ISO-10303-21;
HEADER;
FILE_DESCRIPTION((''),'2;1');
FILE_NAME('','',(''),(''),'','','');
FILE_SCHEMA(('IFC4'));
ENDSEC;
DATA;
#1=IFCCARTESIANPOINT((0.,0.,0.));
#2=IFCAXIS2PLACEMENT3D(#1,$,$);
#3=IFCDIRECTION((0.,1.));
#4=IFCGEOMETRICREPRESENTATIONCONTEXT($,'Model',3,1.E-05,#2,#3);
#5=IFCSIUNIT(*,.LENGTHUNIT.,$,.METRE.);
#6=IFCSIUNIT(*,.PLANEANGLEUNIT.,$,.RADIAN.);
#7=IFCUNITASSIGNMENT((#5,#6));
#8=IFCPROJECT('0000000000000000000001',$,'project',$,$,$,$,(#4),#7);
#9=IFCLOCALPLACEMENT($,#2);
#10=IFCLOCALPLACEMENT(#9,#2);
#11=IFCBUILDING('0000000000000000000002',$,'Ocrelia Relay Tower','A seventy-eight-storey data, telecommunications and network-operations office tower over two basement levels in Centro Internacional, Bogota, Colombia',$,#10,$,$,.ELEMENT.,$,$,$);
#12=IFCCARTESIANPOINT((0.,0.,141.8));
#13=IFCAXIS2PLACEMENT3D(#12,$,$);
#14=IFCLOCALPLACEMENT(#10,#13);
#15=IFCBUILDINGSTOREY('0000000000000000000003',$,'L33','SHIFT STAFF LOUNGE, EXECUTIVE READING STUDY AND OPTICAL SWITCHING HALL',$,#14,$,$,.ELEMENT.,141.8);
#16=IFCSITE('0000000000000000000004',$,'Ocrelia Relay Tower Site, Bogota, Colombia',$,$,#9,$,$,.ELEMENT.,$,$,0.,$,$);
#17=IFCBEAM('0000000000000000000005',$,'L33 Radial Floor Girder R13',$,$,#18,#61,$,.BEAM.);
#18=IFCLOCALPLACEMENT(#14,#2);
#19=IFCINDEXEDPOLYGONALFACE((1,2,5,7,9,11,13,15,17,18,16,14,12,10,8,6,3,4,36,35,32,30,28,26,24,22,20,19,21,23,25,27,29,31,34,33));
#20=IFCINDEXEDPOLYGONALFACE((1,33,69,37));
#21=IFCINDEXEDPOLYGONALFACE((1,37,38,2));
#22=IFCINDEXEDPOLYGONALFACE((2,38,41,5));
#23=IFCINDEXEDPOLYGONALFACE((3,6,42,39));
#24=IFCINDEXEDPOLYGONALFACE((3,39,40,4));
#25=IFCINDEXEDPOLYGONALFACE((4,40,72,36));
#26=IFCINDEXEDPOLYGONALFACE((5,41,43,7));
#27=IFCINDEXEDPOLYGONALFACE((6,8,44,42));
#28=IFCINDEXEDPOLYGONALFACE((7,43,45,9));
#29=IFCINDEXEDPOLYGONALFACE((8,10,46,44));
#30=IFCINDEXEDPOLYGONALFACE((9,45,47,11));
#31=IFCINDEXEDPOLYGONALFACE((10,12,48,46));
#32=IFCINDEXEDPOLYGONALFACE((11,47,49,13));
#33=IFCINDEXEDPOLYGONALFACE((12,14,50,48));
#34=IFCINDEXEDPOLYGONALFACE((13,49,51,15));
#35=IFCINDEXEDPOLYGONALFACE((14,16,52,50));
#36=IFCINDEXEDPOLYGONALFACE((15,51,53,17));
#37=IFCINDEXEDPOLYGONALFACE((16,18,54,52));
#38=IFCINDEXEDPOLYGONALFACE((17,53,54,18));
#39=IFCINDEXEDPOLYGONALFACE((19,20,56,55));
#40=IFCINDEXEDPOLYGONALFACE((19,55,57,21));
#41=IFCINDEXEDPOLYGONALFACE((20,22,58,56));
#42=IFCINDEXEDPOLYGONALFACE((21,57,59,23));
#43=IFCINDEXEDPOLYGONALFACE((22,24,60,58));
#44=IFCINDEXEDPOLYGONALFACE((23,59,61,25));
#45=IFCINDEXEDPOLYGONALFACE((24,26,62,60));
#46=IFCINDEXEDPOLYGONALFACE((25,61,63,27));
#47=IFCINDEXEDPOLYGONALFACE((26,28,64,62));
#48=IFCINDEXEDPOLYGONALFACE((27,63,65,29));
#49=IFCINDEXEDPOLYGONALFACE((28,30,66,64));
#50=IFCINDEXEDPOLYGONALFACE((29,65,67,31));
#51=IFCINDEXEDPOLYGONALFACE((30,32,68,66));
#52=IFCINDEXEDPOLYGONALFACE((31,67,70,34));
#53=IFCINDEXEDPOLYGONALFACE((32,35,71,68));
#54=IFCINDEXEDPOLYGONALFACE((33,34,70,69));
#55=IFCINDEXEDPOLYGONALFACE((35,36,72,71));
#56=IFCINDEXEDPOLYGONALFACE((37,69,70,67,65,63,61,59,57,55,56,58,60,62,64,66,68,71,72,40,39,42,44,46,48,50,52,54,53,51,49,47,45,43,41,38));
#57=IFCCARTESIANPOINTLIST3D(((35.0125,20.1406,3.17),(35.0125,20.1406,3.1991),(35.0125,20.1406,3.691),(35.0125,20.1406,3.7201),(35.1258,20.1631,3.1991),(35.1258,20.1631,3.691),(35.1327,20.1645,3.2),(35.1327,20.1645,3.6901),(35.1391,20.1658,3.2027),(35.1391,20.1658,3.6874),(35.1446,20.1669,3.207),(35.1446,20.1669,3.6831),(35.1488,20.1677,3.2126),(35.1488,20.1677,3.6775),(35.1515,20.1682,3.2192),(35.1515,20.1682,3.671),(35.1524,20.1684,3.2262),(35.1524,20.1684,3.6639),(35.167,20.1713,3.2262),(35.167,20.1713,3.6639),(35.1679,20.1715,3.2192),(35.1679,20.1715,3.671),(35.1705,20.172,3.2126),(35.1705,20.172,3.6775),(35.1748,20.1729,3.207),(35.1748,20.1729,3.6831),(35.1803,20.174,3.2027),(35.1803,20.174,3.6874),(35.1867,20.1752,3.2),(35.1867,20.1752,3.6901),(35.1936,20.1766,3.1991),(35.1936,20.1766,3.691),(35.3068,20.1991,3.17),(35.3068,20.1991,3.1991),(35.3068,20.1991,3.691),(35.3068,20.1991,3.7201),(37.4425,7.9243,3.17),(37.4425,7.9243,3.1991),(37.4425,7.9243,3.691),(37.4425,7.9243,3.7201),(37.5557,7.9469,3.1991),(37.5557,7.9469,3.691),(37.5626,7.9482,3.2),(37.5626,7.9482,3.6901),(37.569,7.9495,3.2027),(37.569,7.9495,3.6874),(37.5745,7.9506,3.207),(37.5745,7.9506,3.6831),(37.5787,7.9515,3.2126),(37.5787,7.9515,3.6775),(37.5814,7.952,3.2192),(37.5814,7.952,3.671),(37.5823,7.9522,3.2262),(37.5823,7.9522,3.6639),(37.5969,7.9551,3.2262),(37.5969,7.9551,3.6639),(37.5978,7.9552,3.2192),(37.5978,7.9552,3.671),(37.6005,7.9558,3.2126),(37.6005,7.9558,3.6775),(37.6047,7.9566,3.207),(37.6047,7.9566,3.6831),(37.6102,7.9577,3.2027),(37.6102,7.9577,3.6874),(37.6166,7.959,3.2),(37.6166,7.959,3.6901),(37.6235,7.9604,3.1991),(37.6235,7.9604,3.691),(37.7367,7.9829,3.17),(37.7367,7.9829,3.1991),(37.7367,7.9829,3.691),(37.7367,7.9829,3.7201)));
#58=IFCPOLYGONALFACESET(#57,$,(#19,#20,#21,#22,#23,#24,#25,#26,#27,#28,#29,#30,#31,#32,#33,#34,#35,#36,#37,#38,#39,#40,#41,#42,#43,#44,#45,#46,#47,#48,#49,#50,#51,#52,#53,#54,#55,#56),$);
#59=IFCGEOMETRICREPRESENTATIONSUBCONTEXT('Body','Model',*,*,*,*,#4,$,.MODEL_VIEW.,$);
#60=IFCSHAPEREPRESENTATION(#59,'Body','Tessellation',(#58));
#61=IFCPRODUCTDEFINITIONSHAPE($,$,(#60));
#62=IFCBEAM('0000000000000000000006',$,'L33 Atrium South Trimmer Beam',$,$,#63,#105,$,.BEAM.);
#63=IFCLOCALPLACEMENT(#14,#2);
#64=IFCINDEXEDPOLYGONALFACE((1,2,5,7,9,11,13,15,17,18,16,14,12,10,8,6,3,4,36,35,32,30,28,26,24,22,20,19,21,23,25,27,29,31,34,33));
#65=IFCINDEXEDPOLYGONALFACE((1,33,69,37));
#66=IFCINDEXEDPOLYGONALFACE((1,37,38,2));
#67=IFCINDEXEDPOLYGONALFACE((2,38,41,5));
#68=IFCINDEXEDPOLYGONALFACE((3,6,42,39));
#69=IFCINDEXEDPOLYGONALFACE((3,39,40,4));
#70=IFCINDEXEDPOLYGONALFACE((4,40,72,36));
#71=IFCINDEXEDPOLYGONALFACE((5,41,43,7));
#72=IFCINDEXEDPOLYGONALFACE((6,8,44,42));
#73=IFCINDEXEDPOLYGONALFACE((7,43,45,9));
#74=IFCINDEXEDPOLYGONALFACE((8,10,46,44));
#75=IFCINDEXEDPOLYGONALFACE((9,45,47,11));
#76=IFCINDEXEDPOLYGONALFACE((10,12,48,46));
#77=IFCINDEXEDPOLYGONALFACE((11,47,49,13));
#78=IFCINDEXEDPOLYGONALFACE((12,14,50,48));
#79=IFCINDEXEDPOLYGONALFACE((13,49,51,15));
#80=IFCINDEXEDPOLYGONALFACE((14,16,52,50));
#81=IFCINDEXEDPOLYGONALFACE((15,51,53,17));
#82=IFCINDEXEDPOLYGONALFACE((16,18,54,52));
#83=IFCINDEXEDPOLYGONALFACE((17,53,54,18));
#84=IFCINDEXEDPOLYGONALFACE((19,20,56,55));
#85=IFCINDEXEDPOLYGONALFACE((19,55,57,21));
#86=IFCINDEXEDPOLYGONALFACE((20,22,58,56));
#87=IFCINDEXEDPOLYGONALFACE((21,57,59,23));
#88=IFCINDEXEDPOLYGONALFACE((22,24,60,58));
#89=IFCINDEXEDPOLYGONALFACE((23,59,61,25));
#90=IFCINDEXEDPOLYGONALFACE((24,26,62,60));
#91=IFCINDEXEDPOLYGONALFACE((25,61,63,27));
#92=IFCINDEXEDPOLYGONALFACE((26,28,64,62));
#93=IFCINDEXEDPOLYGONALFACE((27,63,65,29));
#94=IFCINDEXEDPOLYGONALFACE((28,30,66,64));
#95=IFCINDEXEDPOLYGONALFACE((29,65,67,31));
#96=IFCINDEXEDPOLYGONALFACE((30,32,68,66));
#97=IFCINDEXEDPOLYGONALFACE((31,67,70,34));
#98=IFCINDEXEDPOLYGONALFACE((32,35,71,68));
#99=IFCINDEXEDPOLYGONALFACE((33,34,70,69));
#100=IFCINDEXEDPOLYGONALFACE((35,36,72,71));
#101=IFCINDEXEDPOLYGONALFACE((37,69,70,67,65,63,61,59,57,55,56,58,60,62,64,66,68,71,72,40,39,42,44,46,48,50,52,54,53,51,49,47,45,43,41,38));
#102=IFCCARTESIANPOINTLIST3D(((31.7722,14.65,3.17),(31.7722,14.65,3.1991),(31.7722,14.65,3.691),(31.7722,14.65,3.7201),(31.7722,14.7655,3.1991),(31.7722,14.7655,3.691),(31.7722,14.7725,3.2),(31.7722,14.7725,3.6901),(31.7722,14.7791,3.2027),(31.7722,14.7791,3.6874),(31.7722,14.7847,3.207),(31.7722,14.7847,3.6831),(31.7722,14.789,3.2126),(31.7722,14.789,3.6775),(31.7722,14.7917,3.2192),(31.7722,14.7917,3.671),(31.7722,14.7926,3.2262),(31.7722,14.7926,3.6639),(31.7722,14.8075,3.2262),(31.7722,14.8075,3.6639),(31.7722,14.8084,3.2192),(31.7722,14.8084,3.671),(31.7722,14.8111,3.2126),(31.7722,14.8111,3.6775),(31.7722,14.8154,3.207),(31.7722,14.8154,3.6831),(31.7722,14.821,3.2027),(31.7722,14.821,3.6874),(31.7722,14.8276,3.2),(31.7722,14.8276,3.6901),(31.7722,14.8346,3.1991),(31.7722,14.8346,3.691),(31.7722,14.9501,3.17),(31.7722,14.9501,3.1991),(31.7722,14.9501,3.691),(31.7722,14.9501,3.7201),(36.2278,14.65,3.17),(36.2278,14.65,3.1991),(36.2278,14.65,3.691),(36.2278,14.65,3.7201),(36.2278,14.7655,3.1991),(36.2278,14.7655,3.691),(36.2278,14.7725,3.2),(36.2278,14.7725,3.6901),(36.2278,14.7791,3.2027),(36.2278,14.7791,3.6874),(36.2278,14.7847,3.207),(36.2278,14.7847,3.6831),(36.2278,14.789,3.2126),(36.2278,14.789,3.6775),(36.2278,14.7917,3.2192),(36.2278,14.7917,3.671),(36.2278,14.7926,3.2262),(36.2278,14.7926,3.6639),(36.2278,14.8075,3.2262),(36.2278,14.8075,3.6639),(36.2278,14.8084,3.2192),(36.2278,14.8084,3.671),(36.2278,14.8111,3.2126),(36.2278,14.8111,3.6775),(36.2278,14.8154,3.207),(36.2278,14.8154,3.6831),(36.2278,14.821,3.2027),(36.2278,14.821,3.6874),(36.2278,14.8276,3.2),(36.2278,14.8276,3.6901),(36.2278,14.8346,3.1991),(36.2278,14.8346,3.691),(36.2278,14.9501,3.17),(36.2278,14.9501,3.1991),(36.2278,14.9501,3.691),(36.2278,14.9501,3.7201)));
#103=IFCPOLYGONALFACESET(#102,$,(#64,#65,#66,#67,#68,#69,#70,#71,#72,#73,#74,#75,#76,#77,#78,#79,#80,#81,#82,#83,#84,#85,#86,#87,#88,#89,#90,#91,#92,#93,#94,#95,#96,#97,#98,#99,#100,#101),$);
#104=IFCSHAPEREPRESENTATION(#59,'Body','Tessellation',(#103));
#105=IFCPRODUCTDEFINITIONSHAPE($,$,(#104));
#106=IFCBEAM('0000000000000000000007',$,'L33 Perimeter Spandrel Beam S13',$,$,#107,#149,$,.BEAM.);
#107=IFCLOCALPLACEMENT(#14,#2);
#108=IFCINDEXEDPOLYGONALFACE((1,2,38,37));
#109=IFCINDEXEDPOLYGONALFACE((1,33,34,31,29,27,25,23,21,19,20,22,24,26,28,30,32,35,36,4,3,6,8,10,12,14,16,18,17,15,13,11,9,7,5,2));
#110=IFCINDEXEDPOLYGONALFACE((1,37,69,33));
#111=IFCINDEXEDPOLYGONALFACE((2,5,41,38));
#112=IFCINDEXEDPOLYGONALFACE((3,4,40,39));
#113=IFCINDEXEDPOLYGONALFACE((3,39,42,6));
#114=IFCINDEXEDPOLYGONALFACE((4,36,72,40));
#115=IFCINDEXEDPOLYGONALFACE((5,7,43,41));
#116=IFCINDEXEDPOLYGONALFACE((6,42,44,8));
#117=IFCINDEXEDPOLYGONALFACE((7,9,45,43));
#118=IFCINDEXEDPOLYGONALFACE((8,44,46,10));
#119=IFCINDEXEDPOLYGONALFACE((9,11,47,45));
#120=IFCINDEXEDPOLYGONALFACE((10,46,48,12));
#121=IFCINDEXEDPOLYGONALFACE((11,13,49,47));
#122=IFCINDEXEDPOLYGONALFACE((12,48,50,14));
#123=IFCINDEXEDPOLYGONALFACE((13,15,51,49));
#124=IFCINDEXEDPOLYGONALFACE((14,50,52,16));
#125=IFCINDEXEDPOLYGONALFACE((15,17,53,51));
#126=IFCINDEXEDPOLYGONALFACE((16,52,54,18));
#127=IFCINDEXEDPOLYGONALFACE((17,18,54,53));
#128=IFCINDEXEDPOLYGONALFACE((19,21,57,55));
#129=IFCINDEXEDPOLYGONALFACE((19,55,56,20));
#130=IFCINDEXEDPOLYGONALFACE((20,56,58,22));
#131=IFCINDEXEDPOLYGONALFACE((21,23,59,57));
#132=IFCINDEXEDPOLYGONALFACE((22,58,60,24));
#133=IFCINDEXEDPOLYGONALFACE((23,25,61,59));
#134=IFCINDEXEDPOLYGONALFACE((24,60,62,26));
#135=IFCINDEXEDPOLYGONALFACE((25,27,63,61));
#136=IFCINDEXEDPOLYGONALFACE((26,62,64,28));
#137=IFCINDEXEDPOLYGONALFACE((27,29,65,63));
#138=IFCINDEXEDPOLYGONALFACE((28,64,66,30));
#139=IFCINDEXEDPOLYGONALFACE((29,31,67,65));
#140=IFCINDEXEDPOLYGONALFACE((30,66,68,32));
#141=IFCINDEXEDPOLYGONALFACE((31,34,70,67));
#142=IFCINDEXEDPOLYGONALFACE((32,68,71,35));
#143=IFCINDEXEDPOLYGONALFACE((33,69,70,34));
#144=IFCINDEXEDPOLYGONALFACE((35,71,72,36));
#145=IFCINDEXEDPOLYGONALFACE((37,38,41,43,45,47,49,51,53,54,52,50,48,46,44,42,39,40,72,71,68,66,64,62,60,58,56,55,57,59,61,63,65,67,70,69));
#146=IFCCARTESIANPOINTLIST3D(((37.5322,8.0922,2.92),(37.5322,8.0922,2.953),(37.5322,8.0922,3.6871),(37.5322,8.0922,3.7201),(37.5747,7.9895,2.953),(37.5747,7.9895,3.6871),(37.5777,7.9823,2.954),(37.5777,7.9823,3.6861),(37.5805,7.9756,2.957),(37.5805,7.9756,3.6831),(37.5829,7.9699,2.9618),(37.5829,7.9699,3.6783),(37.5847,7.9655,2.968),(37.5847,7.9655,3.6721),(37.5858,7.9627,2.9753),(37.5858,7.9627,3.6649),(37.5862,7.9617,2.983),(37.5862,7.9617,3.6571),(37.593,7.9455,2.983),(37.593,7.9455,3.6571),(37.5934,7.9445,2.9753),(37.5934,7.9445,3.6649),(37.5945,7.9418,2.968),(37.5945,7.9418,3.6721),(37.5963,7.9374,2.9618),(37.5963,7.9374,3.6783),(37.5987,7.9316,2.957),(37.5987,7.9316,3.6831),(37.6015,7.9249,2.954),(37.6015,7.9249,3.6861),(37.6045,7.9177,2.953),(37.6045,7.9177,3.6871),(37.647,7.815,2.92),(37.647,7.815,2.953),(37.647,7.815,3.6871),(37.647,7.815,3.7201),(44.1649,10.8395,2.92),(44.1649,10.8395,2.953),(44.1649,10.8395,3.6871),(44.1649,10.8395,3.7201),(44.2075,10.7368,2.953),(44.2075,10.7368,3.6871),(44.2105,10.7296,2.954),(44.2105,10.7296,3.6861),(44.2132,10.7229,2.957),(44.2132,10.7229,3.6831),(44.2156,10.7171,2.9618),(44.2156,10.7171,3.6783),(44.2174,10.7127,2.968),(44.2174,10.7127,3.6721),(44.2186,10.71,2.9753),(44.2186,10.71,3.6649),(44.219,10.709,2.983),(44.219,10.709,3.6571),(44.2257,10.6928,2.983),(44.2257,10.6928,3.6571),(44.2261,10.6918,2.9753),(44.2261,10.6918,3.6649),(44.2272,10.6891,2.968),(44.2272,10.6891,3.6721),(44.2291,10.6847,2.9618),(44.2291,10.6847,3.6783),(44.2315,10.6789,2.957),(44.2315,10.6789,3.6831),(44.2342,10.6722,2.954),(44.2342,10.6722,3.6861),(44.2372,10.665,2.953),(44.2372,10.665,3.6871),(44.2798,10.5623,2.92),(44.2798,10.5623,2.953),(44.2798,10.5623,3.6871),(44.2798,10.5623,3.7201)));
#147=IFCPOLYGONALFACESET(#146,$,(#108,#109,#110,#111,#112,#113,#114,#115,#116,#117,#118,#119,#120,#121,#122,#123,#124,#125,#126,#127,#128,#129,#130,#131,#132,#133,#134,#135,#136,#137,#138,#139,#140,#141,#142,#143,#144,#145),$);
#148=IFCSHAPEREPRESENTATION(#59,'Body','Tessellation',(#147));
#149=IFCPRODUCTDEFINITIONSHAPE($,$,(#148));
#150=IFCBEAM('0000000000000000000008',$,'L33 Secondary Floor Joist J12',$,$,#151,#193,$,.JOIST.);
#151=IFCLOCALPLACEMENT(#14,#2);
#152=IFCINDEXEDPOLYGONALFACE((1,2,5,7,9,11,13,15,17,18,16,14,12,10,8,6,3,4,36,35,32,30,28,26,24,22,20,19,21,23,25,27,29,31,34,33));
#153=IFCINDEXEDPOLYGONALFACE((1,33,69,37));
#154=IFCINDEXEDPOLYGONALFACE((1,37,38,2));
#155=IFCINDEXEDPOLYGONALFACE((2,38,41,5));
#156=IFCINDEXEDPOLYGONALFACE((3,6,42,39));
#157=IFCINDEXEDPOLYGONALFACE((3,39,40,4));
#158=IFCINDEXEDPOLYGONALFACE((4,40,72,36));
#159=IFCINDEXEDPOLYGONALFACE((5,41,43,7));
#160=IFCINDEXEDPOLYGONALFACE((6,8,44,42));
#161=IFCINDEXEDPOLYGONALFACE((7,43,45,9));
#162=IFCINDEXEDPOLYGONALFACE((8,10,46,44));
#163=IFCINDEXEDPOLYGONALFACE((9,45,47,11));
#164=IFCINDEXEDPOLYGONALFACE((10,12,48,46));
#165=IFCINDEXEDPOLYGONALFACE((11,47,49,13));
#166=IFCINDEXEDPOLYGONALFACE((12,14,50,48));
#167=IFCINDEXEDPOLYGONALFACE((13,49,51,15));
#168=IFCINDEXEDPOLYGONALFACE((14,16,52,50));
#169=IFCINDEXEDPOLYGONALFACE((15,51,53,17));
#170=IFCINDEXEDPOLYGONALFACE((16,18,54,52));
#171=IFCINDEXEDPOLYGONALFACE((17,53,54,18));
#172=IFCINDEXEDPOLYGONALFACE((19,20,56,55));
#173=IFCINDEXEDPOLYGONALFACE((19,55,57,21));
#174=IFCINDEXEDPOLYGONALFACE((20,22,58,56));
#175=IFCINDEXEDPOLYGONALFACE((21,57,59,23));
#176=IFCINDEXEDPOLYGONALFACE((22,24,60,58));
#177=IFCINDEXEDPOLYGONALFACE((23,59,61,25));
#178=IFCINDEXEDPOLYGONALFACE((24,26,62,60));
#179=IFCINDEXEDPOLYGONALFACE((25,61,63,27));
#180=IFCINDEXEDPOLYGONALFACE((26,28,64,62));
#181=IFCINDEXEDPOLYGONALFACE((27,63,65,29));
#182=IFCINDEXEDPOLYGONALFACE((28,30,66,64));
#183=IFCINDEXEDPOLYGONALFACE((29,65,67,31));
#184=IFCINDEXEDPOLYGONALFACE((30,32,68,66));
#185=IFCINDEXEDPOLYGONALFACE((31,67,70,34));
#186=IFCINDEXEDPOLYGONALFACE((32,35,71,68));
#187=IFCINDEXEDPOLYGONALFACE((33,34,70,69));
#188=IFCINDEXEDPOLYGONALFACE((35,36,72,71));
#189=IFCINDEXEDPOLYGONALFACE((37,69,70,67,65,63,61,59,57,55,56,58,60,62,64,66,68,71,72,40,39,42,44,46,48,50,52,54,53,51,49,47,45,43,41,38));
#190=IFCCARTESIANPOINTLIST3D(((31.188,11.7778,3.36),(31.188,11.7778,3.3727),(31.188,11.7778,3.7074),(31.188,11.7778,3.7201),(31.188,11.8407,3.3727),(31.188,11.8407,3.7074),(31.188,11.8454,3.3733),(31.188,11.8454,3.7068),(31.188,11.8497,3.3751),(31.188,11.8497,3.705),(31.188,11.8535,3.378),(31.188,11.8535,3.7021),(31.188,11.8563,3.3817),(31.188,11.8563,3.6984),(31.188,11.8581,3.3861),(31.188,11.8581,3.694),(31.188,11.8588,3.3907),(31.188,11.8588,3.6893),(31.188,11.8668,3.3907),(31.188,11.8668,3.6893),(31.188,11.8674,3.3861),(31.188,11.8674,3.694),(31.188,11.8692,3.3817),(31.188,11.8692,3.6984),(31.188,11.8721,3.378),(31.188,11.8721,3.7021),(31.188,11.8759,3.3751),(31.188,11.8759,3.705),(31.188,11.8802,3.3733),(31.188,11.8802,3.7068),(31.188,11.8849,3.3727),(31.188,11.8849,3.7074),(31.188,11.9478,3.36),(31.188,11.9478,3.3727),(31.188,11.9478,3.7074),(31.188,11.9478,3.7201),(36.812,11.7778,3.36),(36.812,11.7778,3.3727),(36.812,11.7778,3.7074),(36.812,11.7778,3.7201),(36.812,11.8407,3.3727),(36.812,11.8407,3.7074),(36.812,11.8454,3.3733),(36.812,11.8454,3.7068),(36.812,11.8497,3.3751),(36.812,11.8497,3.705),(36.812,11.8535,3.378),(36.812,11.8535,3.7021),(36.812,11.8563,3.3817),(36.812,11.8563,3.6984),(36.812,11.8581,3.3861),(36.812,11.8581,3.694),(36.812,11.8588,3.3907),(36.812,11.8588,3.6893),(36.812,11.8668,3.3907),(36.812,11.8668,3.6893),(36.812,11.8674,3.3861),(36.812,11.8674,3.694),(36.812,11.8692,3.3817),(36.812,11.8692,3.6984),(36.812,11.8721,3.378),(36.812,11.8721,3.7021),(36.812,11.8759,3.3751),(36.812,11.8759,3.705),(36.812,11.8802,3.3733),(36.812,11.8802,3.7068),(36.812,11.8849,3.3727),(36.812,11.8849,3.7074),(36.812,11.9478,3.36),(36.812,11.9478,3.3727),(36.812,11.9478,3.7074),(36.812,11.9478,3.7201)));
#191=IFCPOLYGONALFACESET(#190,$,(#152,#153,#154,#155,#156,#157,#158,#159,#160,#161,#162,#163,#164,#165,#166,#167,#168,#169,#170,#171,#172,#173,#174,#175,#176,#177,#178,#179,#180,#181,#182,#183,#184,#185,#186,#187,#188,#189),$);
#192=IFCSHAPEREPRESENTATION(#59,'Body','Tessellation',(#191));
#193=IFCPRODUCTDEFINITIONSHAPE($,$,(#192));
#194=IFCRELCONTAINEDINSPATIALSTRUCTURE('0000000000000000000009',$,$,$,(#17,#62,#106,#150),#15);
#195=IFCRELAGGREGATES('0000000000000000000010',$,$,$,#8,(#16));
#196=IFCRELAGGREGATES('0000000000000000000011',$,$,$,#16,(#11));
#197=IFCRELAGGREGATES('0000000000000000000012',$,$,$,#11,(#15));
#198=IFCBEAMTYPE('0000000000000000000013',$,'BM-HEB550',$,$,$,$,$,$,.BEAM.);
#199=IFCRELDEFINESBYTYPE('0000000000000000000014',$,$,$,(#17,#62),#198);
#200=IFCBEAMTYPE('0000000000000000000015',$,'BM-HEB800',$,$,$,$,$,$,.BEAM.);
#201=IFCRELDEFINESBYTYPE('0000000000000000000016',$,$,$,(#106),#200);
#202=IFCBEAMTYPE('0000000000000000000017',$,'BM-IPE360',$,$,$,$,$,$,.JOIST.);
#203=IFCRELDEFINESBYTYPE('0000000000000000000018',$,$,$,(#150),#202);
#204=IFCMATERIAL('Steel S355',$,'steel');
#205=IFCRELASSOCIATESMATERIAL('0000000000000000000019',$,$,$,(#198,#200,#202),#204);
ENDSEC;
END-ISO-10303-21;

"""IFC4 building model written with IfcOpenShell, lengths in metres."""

from ifc_helpers import new_model, si_unit, direction, frame, origin, origin_2d, place, context, subcontext, project, spatial, i_section, extrude, material, material_profile, profile_set, type_object, element, save


model = new_model("IFC4")

# Units and contexts
model_context = context("Model", 3, precision=1e-05, world=origin(), true_north=direction((0.0, 1.0)))
body_context = subcontext(model_context, "Body", "Model", "MODEL_VIEW")
ifc_project = project(units=[si_unit("LENGTHUNIT", "METRE"), si_unit("PLANEANGLEUNIT", "RADIAN")], contexts=[model_context])

# Site, building, storey
site_placement = place(None, origin())
site = spatial("IfcSite", under=ifc_project, at=site_placement, Name="Ocrelia Relay Tower Site, Bogota, Colombia", CompositionType="ELEMENT", RefElevation=0.0)
building_placement = place(site_placement, origin())
building = spatial("IfcBuilding", under=site, at=building_placement, Name="Ocrelia Relay Tower", Description="A seventy-eight-storey data, telecommunications and network-operations office tower over two basement levels in Centro Internacional, Bogota, Colombia", CompositionType="ELEMENT")
storey_placement = place(building_placement, frame((0.0, 0.0, 141.8)))
storey = spatial("IfcBuildingStorey", under=building, at=storey_placement, Name="L33", Description="SHIFT STAFF LOUNGE, EXECUTIVE READING STUDY AND OPTICAL SWITCHING HALL", CompositionType="ELEMENT", Elevation=141.8)

# Beams
ifc_material_1 = material(Name="Steel S355", Category="steel")
ifc_material_profile_1 = material_profile(ifc_material_1, i_section(OverallWidth=0.3, OverallDepth=0.55, WebThickness=0.0149, FlangeThickness=0.0291, FilletRadius=0.0271, at=origin_2d()), Name="HEB 550")
ifc_profile_set_1 = profile_set([ifc_material_profile_1], Name="Steel S355")
beam_type_1 = type_object("IfcBeamType", Name="BM-HEB550", PredefinedType="BEAM", material=ifc_profile_set_1)
beam_1_placement = place(storey_placement, frame((37.5896, 7.9536, 3.4451), z_axis=(-0.195087, 0.980786, 0.0), x_axis=(-0.980786, -0.195087, 0.0)))
element("IfcBeam", 1, at=beam_1_placement, inside=storey, type_object=beam_type_1, Name="L33 Radial Floor Girder R13", PredefinedType="BEAM", context=body_context, shape_type="SweptSolid", body=[
    extrude(i_section(OverallWidth=0.3, OverallDepth=0.55, WebThickness=0.0149, FlangeThickness=0.0291, FilletRadius=0.0271, at=origin_2d()), origin(), (0.0, 0.0, 1.0), 12.4556),
])
beam_2_placement = place(storey_placement, frame((31.7722, 14.8, 3.4451), z_axis=(1.0, 0.0, 0.0), x_axis=(0.0, 1.0, 0.0)))
element("IfcBeam", 2, at=beam_2_placement, inside=storey, type_object=beam_type_1, Name="L33 Atrium South Trimmer Beam", PredefinedType="BEAM", context=body_context, shape_type="SweptSolid", body=[
    extrude(i_section(OverallWidth=0.3, OverallDepth=0.55, WebThickness=0.0149, FlangeThickness=0.0291, FilletRadius=0.0271, at=origin_2d()), origin(), (0.0, 0.0, 1.0), 4.4556),
])
ifc_material_profile_2 = material_profile(ifc_material_1, i_section(OverallWidth=0.3, OverallDepth=0.8, WebThickness=0.0176, FlangeThickness=0.033, FilletRadius=0.03, at=origin_2d()), Name="HEB 800")
ifc_profile_set_2 = profile_set([ifc_material_profile_2], Name="Steel S355")
beam_type_2 = type_object("IfcBeamType", Name="BM-HEB800", PredefinedType="BEAM", material=ifc_profile_set_2)
beam_3_placement = place(storey_placement, frame((37.5896, 7.9536, 3.3201), z_axis=(0.923884, 0.382673, 0.0), x_axis=(-0.382673, 0.923884, 0.0)))
element("IfcBeam", 3, at=beam_3_placement, inside=storey, type_object=beam_type_2, Name="L33 Perimeter Spandrel Beam S13", PredefinedType="BEAM", context=body_context, shape_type="SweptSolid", body=[
    extrude(i_section(OverallWidth=0.3, OverallDepth=0.8, WebThickness=0.0176, FlangeThickness=0.033, FilletRadius=0.03, at=origin_2d()), origin(), (0.0, 0.0, 1.0), 7.1792),
])
ifc_material_profile_3 = material_profile(ifc_material_1, i_section(OverallWidth=0.1699, OverallDepth=0.3601, WebThickness=0.0081, FlangeThickness=0.0127, FilletRadius=0.0181, at=origin_2d()), Name="IPE 360")
ifc_profile_set_3 = profile_set([ifc_material_profile_3], Name="Steel S355")
beam_type_3 = type_object("IfcBeamType", Name="BM-IPE360", PredefinedType="JOIST", material=ifc_profile_set_3)
beam_4_placement = place(storey_placement, frame((31.188, 11.8628, 3.54), z_axis=(1.0, 0.0, 0.0), x_axis=(0.0, 1.0, 0.0)))
element("IfcBeam", 4, at=beam_4_placement, inside=storey, type_object=beam_type_3, Name="L33 Secondary Floor Joist J12", PredefinedType="JOIST", context=body_context, shape_type="SweptSolid", body=[
    extrude(i_section(OverallWidth=0.1699, OverallDepth=0.3601, WebThickness=0.0081, FlangeThickness=0.0127, FilletRadius=0.0181, at=origin_2d()), origin(), (0.0, 0.0, 1.0), 5.624),
])

save(model, "model.ifc")
